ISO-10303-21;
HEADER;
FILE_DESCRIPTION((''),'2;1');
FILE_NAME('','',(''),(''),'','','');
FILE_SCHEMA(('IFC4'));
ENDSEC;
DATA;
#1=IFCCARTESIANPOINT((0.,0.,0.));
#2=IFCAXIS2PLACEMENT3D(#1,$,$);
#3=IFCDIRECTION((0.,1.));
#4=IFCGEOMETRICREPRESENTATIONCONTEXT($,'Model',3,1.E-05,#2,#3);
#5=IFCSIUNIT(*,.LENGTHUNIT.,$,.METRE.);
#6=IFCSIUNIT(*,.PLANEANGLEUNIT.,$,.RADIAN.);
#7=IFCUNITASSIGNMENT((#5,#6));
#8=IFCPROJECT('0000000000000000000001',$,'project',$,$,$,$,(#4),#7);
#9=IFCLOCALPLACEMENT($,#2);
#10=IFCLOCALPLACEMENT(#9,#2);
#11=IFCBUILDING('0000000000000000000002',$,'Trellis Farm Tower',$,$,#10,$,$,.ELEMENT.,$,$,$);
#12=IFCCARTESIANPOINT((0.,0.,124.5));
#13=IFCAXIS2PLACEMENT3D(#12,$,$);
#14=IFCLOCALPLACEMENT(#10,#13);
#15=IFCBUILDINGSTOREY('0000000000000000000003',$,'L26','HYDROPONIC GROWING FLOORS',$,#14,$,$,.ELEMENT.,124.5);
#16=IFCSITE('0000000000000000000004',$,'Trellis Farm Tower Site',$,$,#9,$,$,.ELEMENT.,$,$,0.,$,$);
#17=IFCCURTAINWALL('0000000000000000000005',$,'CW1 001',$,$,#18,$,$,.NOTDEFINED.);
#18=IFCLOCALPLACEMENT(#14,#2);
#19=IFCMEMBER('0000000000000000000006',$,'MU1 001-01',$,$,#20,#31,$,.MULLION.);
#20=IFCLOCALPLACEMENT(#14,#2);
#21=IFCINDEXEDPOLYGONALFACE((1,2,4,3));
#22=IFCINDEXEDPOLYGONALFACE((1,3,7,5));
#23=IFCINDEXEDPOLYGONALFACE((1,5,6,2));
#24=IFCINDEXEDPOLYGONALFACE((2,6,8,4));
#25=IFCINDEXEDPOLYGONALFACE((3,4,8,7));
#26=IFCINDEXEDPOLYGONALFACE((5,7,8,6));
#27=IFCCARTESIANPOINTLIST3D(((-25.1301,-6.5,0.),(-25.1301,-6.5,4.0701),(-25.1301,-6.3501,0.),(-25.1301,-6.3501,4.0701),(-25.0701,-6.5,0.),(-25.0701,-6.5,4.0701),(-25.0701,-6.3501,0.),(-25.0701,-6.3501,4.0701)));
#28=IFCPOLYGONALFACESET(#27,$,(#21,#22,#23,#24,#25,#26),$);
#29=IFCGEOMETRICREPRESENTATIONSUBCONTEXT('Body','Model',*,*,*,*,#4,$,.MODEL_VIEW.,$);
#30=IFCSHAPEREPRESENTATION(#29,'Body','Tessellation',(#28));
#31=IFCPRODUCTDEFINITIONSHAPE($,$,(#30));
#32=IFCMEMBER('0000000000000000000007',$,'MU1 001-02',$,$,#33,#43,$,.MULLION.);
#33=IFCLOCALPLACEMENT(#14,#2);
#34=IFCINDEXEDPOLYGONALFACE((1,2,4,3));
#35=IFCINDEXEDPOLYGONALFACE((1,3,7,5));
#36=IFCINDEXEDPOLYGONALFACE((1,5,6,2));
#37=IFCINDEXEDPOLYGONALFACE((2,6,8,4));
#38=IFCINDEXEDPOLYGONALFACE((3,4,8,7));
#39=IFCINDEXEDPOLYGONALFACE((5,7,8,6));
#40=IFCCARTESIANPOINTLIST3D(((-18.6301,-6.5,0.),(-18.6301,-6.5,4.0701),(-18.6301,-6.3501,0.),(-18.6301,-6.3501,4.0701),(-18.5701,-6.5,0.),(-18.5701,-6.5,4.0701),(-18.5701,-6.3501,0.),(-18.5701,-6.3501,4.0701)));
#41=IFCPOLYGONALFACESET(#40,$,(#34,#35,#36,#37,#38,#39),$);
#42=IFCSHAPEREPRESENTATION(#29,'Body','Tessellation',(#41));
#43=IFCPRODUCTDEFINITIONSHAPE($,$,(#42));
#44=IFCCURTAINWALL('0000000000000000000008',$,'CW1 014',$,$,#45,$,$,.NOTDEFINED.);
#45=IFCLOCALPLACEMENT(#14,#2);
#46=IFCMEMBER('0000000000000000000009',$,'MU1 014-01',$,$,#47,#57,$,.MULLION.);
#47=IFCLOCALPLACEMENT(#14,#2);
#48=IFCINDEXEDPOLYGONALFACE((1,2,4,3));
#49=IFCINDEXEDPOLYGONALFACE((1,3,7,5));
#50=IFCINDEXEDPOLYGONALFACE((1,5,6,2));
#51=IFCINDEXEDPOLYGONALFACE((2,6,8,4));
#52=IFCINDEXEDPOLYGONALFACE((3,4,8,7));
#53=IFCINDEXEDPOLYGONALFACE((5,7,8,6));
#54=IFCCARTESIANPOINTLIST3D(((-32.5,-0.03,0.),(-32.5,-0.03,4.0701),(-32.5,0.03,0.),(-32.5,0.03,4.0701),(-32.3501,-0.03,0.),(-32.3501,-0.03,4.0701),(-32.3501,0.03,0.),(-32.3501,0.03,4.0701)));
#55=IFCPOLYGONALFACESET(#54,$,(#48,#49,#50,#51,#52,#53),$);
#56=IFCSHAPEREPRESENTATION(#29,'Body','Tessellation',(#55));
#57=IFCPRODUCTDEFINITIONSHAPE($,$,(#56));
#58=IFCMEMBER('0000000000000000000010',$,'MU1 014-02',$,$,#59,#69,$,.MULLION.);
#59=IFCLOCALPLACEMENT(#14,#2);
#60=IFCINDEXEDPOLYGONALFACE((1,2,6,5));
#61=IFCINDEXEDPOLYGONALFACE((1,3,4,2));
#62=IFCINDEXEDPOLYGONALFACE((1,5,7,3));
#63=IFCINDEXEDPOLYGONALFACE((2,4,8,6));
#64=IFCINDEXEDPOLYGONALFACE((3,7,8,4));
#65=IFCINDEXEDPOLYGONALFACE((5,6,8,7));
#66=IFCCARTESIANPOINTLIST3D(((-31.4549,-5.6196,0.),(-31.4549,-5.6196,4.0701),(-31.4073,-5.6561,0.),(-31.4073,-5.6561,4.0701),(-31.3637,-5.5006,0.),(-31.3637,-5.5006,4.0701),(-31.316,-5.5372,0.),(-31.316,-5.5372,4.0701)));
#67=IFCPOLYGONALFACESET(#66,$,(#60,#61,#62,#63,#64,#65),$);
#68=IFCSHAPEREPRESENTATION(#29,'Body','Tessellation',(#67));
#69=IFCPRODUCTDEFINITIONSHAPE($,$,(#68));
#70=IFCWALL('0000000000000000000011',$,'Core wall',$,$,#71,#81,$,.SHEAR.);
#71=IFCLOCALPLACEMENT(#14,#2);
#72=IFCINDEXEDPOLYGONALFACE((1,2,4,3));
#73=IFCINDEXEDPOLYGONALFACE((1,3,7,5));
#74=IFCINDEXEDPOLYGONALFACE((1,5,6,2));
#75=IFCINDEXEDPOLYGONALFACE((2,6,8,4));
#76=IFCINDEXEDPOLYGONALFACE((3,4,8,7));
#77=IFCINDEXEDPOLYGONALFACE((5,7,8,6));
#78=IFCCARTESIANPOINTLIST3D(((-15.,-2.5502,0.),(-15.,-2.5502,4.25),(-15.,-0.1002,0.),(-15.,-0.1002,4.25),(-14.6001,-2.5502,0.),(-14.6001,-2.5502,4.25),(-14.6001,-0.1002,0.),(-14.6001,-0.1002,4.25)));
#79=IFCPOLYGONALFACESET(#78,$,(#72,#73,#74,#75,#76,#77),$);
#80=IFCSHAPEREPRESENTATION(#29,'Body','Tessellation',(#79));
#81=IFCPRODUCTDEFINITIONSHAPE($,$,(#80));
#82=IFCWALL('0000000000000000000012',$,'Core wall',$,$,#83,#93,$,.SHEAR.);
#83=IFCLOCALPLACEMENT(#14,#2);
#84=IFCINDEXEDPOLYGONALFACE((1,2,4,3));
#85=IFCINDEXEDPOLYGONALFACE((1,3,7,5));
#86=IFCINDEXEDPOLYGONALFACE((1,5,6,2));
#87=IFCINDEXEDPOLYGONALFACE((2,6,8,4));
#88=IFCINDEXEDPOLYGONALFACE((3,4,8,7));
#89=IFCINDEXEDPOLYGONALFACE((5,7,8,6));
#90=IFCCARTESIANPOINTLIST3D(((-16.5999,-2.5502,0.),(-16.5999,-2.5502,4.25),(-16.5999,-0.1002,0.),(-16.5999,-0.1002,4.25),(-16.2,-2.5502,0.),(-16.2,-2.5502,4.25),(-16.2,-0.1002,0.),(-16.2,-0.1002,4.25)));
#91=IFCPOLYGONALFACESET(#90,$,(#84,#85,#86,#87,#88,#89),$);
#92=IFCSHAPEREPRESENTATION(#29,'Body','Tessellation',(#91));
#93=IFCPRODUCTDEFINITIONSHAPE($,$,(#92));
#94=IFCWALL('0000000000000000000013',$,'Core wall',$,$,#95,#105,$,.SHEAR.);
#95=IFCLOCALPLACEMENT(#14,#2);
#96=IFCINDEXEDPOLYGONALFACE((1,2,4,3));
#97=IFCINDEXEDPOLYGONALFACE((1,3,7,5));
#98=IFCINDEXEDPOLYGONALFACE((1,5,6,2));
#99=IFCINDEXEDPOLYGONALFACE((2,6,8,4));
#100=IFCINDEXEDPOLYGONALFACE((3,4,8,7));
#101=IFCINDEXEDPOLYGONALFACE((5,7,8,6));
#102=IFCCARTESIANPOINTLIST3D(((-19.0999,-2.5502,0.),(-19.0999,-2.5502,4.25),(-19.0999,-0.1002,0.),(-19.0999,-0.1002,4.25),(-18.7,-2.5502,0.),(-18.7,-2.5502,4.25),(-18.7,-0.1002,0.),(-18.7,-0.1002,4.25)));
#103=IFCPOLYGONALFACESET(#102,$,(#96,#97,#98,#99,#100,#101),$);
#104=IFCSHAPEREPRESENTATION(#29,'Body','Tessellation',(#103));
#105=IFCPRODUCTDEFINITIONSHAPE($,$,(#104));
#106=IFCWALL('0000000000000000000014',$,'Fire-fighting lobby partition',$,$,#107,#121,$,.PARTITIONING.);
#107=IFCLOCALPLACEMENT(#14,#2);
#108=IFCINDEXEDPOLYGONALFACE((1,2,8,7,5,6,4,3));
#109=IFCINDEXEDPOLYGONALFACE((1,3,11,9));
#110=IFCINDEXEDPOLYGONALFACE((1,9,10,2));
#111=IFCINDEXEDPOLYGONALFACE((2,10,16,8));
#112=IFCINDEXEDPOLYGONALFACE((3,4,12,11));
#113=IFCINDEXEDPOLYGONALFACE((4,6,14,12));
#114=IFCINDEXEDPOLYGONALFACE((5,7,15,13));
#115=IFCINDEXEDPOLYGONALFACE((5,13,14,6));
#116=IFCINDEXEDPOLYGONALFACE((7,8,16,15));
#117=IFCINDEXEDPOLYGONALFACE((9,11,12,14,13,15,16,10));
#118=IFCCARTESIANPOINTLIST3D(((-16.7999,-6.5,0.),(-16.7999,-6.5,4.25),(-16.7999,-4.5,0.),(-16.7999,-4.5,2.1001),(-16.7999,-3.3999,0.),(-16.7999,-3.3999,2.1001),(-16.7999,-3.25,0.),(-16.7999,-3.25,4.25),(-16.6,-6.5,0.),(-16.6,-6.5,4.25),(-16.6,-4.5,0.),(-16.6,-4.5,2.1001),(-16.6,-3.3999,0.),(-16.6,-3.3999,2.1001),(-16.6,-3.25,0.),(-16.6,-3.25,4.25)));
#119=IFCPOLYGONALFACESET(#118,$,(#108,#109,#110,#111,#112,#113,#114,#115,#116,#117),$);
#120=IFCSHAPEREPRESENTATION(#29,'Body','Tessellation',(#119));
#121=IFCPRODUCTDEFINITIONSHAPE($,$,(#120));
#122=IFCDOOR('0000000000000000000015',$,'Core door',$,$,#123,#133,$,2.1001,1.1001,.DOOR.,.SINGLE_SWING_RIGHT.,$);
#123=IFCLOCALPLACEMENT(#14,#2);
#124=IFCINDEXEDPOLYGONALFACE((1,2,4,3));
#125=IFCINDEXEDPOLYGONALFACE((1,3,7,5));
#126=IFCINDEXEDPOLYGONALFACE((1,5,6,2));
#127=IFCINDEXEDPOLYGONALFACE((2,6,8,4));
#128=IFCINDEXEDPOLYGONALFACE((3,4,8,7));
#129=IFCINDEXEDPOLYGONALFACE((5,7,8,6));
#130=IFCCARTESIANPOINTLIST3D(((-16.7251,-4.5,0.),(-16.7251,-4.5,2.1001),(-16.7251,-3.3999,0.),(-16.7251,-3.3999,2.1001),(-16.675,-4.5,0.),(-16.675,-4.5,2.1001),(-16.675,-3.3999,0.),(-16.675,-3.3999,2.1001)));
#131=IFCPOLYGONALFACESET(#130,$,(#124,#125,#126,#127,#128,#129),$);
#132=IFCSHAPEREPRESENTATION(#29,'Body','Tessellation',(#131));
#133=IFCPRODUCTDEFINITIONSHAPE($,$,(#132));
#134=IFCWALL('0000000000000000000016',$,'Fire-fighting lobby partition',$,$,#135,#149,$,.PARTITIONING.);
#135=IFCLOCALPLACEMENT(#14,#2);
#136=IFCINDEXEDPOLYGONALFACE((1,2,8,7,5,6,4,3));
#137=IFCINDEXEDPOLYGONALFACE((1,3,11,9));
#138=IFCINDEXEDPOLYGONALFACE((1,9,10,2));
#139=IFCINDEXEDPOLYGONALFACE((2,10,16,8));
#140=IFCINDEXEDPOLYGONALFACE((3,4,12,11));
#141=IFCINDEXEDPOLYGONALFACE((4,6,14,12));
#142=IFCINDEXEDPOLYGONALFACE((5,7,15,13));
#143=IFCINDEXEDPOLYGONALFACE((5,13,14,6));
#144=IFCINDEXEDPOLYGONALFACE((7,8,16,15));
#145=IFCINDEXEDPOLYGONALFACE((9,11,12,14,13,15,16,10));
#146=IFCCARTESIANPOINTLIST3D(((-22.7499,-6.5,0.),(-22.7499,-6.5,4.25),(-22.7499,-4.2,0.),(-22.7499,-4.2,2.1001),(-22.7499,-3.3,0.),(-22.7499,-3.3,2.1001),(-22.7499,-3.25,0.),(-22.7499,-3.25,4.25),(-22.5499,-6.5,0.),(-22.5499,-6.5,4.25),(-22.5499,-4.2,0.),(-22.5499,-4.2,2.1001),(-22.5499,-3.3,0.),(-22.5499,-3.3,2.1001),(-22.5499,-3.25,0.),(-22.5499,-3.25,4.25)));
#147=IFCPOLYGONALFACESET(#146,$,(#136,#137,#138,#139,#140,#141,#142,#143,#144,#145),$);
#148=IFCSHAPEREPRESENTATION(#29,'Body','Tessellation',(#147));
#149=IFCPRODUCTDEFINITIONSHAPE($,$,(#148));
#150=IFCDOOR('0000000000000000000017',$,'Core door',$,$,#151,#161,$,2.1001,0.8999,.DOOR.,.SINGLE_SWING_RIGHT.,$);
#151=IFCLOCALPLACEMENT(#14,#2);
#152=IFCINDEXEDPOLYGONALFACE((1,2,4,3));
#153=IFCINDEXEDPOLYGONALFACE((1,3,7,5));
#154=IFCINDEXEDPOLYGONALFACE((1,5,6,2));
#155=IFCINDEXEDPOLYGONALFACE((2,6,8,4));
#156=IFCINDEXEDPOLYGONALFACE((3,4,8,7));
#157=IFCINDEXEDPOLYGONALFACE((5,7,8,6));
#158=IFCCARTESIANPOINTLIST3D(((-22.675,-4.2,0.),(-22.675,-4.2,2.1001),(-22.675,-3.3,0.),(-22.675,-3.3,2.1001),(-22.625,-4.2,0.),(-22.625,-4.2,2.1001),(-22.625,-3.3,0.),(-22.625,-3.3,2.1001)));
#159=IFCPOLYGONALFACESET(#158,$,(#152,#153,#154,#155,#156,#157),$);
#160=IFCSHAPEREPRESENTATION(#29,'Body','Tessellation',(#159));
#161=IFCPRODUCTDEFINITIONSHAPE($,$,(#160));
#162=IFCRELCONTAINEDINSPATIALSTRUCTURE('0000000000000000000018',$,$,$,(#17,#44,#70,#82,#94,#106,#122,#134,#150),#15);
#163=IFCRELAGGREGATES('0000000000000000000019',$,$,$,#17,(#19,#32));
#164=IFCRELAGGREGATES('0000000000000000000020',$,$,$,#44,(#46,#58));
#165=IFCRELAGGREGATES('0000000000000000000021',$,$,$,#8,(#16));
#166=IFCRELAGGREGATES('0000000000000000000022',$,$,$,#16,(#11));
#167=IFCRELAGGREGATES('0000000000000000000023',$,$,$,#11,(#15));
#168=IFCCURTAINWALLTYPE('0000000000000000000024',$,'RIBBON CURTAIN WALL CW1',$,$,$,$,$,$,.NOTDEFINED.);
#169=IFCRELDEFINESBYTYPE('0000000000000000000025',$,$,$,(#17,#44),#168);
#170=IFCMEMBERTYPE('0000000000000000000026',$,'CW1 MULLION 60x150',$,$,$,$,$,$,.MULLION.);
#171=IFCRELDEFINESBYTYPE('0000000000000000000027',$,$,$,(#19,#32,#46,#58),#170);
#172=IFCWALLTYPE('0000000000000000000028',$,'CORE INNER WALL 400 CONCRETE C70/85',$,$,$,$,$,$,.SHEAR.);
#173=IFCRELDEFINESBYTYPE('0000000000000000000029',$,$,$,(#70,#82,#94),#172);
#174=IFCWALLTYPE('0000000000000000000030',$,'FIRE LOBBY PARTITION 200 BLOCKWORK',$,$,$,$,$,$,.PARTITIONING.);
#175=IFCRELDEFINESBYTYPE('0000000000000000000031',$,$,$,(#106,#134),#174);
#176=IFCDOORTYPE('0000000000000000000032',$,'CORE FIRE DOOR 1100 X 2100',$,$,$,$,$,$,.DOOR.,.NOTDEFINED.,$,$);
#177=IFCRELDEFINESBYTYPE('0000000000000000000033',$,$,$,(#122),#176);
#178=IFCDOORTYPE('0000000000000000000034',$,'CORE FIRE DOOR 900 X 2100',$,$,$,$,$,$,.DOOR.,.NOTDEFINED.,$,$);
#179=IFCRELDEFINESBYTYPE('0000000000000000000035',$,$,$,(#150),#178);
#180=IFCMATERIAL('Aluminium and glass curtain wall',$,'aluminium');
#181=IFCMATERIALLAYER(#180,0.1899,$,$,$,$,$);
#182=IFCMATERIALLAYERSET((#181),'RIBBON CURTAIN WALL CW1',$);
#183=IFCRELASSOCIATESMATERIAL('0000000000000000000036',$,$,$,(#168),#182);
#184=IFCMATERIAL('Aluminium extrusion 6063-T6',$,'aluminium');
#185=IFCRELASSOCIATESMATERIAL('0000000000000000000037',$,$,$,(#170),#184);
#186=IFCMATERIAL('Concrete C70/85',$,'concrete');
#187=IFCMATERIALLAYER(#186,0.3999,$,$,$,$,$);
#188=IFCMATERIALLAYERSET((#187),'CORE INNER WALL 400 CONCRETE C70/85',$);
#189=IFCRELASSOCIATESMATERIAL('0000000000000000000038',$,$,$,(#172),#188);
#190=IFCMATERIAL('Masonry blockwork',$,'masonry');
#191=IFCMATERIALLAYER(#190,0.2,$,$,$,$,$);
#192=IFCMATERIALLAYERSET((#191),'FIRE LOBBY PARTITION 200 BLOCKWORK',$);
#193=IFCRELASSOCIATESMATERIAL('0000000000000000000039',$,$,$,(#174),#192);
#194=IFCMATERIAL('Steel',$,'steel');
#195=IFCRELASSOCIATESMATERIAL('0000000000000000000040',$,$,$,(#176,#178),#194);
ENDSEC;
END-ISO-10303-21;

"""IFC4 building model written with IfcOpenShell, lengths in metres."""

from ifc_helpers import new_model, si_unit, direction, frame, frame_2d, origin, origin_2d, place, context, subcontext, project, spatial, rectangle, extrude, source, transform, mapped, material, layer, layer_set, material_profile, profile_set, type_object, element, fill, aggregate, save


model = new_model("IFC4")

# Units and contexts
model_context = context("Model", 3, precision=1e-05, world=origin(), true_north=direction((0.0, 1.0)))
body_context = subcontext(model_context, "Body", "Model", "MODEL_VIEW")
ifc_project = project(units=[si_unit("LENGTHUNIT", "METRE"), si_unit("PLANEANGLEUNIT", "RADIAN")], contexts=[model_context])

# Site, building, storey
site_placement = place(None, origin())
site = spatial("IfcSite", under=ifc_project, at=site_placement, Name="Trellis Farm Tower Site", CompositionType="ELEMENT", RefElevation=0.0)
building_placement = place(site_placement, origin())
building = spatial("IfcBuilding", under=site, at=building_placement, Name="Trellis Farm Tower", CompositionType="ELEMENT")
storey_placement = place(building_placement, frame((0.0, 0.0, 124.5)))
storey = spatial("IfcBuildingStorey", under=building, at=storey_placement, Name="L26", Description="HYDROPONIC GROWING FLOORS", CompositionType="ELEMENT", Elevation=124.5)

# Curtain walls, members
ifc_material_1 = material(Name="Aluminium and glass curtain wall", Category="aluminium")
ifc_layer_1 = layer(ifc_material_1, 0.1899)
ifc_layer_set_1 = layer_set([ifc_layer_1], Name="RIBBON CURTAIN WALL CW1")
curtain_wall_type = type_object("IfcCurtainWallType", Name="RIBBON CURTAIN WALL CW1", PredefinedType="NOTDEFINED", material=ifc_layer_set_1)
placement = place(storey_placement, origin())
curtain_wall_1 = element("IfcCurtainWall", 1, at=placement, inside=storey, type_object=curtain_wall_type, Name="CW1 001", PredefinedType="NOTDEFINED")
ifc_material_2 = material(Name="Aluminium extrusion 6063-T6", Category="aluminium")
ifc_material_profile_1 = material_profile(ifc_material_2, rectangle(XDim=0.0601, YDim=0.1499, at=origin_2d()), Name="MULLION 60x150")
ifc_profile_set_1 = profile_set([ifc_material_profile_1], Name="Aluminium extrusion 6063-T6")
member_type = type_object("IfcMemberType", Name="CW1 MULLION 60x150", PredefinedType="MULLION", material=ifc_profile_set_1)
shared_shape_1 = source(origin(), body_context, "Body", "SweptSolid", [
    extrude(rectangle(XDim=0.0601, YDim=0.1499, at=origin_2d()), origin(), (0.0, 0.0, 1.0), 4.0701),
])
member_1_placement = place(storey_placement, frame((-25.1001, -6.425, 0.0), z_axis=(0.0, 0.0, 1.0), x_axis=(1.0, 0.0, 0.0)))
member_1 = element("IfcMember", 2, at=member_1_placement, type_object=member_type, Name="MU1 001-01", PredefinedType="MULLION", context=body_context, shape_type="MappedRepresentation", body=[
    mapped(shared_shape_1, transform((0.0, 0.0, 0.0))),
])
member_2_placement = place(storey_placement, frame((-18.6001, -6.425, 0.0), z_axis=(0.0, 0.0, 1.0), x_axis=(1.0, 0.0, 0.0)))
member_2 = element("IfcMember", 3, at=member_2_placement, type_object=member_type, Name="MU1 001-02", PredefinedType="MULLION", context=body_context, shape_type="MappedRepresentation", body=[
    mapped(shared_shape_1, transform((0.0, 0.0, 0.0))),
])
aggregate(curtain_wall_1, [member_1, member_2])
curtain_wall_2 = element("IfcCurtainWall", 4, at=placement, inside=storey, type_object=curtain_wall_type, Name="CW1 014", PredefinedType="NOTDEFINED")
member_3_placement = place(storey_placement, frame((-32.425, 0.0, 0.0), z_axis=(0.0, 0.0, 1.0), x_axis=(0.0, -1.0, 0.0)))
member_3 = element("IfcMember", 5, at=member_3_placement, type_object=member_type, Name="MU1 014-01", PredefinedType="MULLION", context=body_context, shape_type="MappedRepresentation", body=[
    mapped(shared_shape_1, transform((0.0, 0.0, 0.0))),
])
member_4_placement = place(storey_placement, frame((-31.3855, -5.5784, 0.0), z_axis=(0.0, 0.0, 1.0), x_axis=(0.793353, -0.608761, 0.0)))
member_4 = element("IfcMember", 6, at=member_4_placement, type_object=member_type, Name="MU1 014-02", PredefinedType="MULLION", context=body_context, shape_type="MappedRepresentation", body=[
    mapped(shared_shape_1, transform((0.0, 0.0, 0.0))),
])
aggregate(curtain_wall_2, [member_3, member_4])

# Walls
ifc_material_3 = material(Name="Concrete C70/85", Category="concrete")
ifc_layer_2 = layer(ifc_material_3, 0.3999)
ifc_layer_set_2 = layer_set([ifc_layer_2], Name="CORE INNER WALL 400 CONCRETE C70/85")
wall_type_1 = type_object("IfcWallType", Name="CORE INNER WALL 400 CONCRETE C70/85", PredefinedType="SHEAR", material=ifc_layer_set_2)
shared_shape_2 = source(origin(), body_context, "Body", "SweptSolid", [
    extrude(rectangle(XDim=2.45, YDim=0.3999, at=frame_2d((1.2251, 0.0))), origin(), (0.0, 0.0, 1.0), 4.25),
])
for number, where, z_axis, x_axis, name in (
    (7, (-14.8, -0.1001, 0.0), (0.0, 0.0, 1.0), (0.0, -1.0, 0.0), "Core wall"),
    (8, (-16.3999, -0.1001, 0.0), (0.0, 0.0, 1.0), (0.0, -1.0, 0.0), "Core wall"),
    (9, (-18.8999, -0.1001, 0.0), (0.0, 0.0, 1.0), (0.0, -1.0, 0.0), "Core wall"),
):
    element("IfcWall", number, at=place(storey_placement, frame(where, z_axis=z_axis, x_axis=x_axis)), inside=storey, type_object=wall_type_1, Name=name, PredefinedType="SHEAR", context=body_context, shape_type="MappedRepresentation", body=[
        mapped(shared_shape_2, transform((0.0, 0.0, 0.0))),
    ])

# Walls, openings, doors
ifc_material_4 = material(Name="Masonry blockwork", Category="masonry")
ifc_layer_3 = layer(ifc_material_4, 0.2)
ifc_layer_set_3 = layer_set([ifc_layer_3], Name="FIRE LOBBY PARTITION 200 BLOCKWORK")
wall_type_2 = type_object("IfcWallType", Name="FIRE LOBBY PARTITION 200 BLOCKWORK", PredefinedType="PARTITIONING", material=ifc_layer_set_3)
shared_shape_3 = source(origin(), body_context, "Body", "SweptSolid", [
    extrude(rectangle(XDim=3.25, YDim=0.2, at=frame_2d((1.625, 0.0))), origin(), (0.0, 0.0, 1.0), 4.25),
])
wall_1_placement = place(storey_placement, frame((-16.7, -3.25, 0.0), z_axis=(0.0, 0.0, 1.0), x_axis=(0.0, -1.0, 0.0)))
wall_1 = element("IfcWall", 10, at=wall_1_placement, inside=storey, type_object=wall_type_2, Name="Fire-fighting lobby partition", PredefinedType="PARTITIONING", context=body_context, shape_type="MappedRepresentation", body=[
    mapped(shared_shape_3, transform((0.0, 0.0, 0.0))),
])
shared_shape_4 = source(origin(), body_context, "Body", "SweptSolid", [
    extrude(rectangle(XDim=1.1001, YDim=2.1001, at=frame_2d((0.55, 1.05))), frame((0.0, 0.1101, 0.0), z_axis=(0.0, -1.0, 0.0), x_axis=(1.0, 0.0, 0.0)), (0.0, 0.0, 1.0), 0.2202),
])
opening_1_placement = place(wall_1_placement, frame((0.1499, 0.0, 0.0)))
opening_1 = element("IfcOpeningElement", 11, at=opening_1_placement, cuts=wall_1, PredefinedType="OPENING", context=body_context, shape_type="MappedRepresentation", body=[
    mapped(shared_shape_4, transform((0.0, 0.0, 0.0))),
])
ifc_material_5 = material(Name="Steel", Category="steel")
door_type_1 = type_object("IfcDoorType", Name="CORE FIRE DOOR 1100 X 2100", OperationType="NOTDEFINED", PredefinedType="DOOR", material=ifc_material_5)
shared_shape_5 = source(origin(), body_context, "Body", "SweptSolid", [
    extrude(rectangle(XDim=1.1001, YDim=2.1001, at=frame_2d((0.55, 1.05))), frame((0.0, 0.0249, 0.0), z_axis=(0.0, -1.0, 0.0), x_axis=(1.0, 0.0, 0.0)), (0.0, 0.0, 1.0), 0.05),
])
door_1_placement = place(opening_1_placement, origin())
door_1 = element("IfcDoor", 12, at=door_1_placement, inside=storey, type_object=door_type_1, Name="Core door", OperationType="SINGLE_SWING_RIGHT", OverallHeight=2.1001, OverallWidth=1.1001, PredefinedType="DOOR", context=body_context, shape_type="MappedRepresentation", body=[
    mapped(shared_shape_5, transform((0.0, 0.0, 0.0))),
])
fill(opening_1, door_1)
wall_2_placement = place(storey_placement, frame((-22.6499, -3.25, 0.0), z_axis=(0.0, 0.0, 1.0), x_axis=(0.0, -1.0, 0.0)))
wall_2 = element("IfcWall", 13, at=wall_2_placement, inside=storey, type_object=wall_type_2, Name="Fire-fighting lobby partition", PredefinedType="PARTITIONING", context=body_context, shape_type="MappedRepresentation", body=[
    mapped(shared_shape_3, transform((0.0, 0.0, 0.0))),
])
shared_shape_6 = source(origin(), body_context, "Body", "SweptSolid", [
    extrude(rectangle(XDim=0.8999, YDim=2.1001, at=frame_2d((0.45, 1.05))), frame((0.0, 0.1101, 0.0), z_axis=(0.0, -1.0, 0.0), x_axis=(1.0, 0.0, 0.0)), (0.0, 0.0, 1.0), 0.2202),
])
opening_2_placement = place(wall_2_placement, frame((0.05, 0.0, 0.0)))
opening_2 = element("IfcOpeningElement", 14, at=opening_2_placement, cuts=wall_2, PredefinedType="OPENING", context=body_context, shape_type="MappedRepresentation", body=[
    mapped(shared_shape_6, transform((0.0, 0.0, 0.0))),
])
door_type_2 = type_object("IfcDoorType", Name="CORE FIRE DOOR 900 X 2100", OperationType="NOTDEFINED", PredefinedType="DOOR", material=ifc_material_5)
shared_shape_7 = source(origin(), body_context, "Body", "SweptSolid", [
    extrude(rectangle(XDim=0.8999, YDim=2.1001, at=frame_2d((0.45, 1.05))), frame((0.0, 0.0249, 0.0), z_axis=(0.0, -1.0, 0.0), x_axis=(1.0, 0.0, 0.0)), (0.0, 0.0, 1.0), 0.05),
])
door_2_placement = place(opening_2_placement, origin())
door_2 = element("IfcDoor", 15, at=door_2_placement, inside=storey, type_object=door_type_2, Name="Core door", OperationType="SINGLE_SWING_RIGHT", OverallHeight=2.1001, OverallWidth=0.8999, PredefinedType="DOOR", context=body_context, shape_type="MappedRepresentation", body=[
    mapped(shared_shape_7, transform((0.0, 0.0, 0.0))),
])
fill(opening_2, door_2)

save(model, "model.ifc")
